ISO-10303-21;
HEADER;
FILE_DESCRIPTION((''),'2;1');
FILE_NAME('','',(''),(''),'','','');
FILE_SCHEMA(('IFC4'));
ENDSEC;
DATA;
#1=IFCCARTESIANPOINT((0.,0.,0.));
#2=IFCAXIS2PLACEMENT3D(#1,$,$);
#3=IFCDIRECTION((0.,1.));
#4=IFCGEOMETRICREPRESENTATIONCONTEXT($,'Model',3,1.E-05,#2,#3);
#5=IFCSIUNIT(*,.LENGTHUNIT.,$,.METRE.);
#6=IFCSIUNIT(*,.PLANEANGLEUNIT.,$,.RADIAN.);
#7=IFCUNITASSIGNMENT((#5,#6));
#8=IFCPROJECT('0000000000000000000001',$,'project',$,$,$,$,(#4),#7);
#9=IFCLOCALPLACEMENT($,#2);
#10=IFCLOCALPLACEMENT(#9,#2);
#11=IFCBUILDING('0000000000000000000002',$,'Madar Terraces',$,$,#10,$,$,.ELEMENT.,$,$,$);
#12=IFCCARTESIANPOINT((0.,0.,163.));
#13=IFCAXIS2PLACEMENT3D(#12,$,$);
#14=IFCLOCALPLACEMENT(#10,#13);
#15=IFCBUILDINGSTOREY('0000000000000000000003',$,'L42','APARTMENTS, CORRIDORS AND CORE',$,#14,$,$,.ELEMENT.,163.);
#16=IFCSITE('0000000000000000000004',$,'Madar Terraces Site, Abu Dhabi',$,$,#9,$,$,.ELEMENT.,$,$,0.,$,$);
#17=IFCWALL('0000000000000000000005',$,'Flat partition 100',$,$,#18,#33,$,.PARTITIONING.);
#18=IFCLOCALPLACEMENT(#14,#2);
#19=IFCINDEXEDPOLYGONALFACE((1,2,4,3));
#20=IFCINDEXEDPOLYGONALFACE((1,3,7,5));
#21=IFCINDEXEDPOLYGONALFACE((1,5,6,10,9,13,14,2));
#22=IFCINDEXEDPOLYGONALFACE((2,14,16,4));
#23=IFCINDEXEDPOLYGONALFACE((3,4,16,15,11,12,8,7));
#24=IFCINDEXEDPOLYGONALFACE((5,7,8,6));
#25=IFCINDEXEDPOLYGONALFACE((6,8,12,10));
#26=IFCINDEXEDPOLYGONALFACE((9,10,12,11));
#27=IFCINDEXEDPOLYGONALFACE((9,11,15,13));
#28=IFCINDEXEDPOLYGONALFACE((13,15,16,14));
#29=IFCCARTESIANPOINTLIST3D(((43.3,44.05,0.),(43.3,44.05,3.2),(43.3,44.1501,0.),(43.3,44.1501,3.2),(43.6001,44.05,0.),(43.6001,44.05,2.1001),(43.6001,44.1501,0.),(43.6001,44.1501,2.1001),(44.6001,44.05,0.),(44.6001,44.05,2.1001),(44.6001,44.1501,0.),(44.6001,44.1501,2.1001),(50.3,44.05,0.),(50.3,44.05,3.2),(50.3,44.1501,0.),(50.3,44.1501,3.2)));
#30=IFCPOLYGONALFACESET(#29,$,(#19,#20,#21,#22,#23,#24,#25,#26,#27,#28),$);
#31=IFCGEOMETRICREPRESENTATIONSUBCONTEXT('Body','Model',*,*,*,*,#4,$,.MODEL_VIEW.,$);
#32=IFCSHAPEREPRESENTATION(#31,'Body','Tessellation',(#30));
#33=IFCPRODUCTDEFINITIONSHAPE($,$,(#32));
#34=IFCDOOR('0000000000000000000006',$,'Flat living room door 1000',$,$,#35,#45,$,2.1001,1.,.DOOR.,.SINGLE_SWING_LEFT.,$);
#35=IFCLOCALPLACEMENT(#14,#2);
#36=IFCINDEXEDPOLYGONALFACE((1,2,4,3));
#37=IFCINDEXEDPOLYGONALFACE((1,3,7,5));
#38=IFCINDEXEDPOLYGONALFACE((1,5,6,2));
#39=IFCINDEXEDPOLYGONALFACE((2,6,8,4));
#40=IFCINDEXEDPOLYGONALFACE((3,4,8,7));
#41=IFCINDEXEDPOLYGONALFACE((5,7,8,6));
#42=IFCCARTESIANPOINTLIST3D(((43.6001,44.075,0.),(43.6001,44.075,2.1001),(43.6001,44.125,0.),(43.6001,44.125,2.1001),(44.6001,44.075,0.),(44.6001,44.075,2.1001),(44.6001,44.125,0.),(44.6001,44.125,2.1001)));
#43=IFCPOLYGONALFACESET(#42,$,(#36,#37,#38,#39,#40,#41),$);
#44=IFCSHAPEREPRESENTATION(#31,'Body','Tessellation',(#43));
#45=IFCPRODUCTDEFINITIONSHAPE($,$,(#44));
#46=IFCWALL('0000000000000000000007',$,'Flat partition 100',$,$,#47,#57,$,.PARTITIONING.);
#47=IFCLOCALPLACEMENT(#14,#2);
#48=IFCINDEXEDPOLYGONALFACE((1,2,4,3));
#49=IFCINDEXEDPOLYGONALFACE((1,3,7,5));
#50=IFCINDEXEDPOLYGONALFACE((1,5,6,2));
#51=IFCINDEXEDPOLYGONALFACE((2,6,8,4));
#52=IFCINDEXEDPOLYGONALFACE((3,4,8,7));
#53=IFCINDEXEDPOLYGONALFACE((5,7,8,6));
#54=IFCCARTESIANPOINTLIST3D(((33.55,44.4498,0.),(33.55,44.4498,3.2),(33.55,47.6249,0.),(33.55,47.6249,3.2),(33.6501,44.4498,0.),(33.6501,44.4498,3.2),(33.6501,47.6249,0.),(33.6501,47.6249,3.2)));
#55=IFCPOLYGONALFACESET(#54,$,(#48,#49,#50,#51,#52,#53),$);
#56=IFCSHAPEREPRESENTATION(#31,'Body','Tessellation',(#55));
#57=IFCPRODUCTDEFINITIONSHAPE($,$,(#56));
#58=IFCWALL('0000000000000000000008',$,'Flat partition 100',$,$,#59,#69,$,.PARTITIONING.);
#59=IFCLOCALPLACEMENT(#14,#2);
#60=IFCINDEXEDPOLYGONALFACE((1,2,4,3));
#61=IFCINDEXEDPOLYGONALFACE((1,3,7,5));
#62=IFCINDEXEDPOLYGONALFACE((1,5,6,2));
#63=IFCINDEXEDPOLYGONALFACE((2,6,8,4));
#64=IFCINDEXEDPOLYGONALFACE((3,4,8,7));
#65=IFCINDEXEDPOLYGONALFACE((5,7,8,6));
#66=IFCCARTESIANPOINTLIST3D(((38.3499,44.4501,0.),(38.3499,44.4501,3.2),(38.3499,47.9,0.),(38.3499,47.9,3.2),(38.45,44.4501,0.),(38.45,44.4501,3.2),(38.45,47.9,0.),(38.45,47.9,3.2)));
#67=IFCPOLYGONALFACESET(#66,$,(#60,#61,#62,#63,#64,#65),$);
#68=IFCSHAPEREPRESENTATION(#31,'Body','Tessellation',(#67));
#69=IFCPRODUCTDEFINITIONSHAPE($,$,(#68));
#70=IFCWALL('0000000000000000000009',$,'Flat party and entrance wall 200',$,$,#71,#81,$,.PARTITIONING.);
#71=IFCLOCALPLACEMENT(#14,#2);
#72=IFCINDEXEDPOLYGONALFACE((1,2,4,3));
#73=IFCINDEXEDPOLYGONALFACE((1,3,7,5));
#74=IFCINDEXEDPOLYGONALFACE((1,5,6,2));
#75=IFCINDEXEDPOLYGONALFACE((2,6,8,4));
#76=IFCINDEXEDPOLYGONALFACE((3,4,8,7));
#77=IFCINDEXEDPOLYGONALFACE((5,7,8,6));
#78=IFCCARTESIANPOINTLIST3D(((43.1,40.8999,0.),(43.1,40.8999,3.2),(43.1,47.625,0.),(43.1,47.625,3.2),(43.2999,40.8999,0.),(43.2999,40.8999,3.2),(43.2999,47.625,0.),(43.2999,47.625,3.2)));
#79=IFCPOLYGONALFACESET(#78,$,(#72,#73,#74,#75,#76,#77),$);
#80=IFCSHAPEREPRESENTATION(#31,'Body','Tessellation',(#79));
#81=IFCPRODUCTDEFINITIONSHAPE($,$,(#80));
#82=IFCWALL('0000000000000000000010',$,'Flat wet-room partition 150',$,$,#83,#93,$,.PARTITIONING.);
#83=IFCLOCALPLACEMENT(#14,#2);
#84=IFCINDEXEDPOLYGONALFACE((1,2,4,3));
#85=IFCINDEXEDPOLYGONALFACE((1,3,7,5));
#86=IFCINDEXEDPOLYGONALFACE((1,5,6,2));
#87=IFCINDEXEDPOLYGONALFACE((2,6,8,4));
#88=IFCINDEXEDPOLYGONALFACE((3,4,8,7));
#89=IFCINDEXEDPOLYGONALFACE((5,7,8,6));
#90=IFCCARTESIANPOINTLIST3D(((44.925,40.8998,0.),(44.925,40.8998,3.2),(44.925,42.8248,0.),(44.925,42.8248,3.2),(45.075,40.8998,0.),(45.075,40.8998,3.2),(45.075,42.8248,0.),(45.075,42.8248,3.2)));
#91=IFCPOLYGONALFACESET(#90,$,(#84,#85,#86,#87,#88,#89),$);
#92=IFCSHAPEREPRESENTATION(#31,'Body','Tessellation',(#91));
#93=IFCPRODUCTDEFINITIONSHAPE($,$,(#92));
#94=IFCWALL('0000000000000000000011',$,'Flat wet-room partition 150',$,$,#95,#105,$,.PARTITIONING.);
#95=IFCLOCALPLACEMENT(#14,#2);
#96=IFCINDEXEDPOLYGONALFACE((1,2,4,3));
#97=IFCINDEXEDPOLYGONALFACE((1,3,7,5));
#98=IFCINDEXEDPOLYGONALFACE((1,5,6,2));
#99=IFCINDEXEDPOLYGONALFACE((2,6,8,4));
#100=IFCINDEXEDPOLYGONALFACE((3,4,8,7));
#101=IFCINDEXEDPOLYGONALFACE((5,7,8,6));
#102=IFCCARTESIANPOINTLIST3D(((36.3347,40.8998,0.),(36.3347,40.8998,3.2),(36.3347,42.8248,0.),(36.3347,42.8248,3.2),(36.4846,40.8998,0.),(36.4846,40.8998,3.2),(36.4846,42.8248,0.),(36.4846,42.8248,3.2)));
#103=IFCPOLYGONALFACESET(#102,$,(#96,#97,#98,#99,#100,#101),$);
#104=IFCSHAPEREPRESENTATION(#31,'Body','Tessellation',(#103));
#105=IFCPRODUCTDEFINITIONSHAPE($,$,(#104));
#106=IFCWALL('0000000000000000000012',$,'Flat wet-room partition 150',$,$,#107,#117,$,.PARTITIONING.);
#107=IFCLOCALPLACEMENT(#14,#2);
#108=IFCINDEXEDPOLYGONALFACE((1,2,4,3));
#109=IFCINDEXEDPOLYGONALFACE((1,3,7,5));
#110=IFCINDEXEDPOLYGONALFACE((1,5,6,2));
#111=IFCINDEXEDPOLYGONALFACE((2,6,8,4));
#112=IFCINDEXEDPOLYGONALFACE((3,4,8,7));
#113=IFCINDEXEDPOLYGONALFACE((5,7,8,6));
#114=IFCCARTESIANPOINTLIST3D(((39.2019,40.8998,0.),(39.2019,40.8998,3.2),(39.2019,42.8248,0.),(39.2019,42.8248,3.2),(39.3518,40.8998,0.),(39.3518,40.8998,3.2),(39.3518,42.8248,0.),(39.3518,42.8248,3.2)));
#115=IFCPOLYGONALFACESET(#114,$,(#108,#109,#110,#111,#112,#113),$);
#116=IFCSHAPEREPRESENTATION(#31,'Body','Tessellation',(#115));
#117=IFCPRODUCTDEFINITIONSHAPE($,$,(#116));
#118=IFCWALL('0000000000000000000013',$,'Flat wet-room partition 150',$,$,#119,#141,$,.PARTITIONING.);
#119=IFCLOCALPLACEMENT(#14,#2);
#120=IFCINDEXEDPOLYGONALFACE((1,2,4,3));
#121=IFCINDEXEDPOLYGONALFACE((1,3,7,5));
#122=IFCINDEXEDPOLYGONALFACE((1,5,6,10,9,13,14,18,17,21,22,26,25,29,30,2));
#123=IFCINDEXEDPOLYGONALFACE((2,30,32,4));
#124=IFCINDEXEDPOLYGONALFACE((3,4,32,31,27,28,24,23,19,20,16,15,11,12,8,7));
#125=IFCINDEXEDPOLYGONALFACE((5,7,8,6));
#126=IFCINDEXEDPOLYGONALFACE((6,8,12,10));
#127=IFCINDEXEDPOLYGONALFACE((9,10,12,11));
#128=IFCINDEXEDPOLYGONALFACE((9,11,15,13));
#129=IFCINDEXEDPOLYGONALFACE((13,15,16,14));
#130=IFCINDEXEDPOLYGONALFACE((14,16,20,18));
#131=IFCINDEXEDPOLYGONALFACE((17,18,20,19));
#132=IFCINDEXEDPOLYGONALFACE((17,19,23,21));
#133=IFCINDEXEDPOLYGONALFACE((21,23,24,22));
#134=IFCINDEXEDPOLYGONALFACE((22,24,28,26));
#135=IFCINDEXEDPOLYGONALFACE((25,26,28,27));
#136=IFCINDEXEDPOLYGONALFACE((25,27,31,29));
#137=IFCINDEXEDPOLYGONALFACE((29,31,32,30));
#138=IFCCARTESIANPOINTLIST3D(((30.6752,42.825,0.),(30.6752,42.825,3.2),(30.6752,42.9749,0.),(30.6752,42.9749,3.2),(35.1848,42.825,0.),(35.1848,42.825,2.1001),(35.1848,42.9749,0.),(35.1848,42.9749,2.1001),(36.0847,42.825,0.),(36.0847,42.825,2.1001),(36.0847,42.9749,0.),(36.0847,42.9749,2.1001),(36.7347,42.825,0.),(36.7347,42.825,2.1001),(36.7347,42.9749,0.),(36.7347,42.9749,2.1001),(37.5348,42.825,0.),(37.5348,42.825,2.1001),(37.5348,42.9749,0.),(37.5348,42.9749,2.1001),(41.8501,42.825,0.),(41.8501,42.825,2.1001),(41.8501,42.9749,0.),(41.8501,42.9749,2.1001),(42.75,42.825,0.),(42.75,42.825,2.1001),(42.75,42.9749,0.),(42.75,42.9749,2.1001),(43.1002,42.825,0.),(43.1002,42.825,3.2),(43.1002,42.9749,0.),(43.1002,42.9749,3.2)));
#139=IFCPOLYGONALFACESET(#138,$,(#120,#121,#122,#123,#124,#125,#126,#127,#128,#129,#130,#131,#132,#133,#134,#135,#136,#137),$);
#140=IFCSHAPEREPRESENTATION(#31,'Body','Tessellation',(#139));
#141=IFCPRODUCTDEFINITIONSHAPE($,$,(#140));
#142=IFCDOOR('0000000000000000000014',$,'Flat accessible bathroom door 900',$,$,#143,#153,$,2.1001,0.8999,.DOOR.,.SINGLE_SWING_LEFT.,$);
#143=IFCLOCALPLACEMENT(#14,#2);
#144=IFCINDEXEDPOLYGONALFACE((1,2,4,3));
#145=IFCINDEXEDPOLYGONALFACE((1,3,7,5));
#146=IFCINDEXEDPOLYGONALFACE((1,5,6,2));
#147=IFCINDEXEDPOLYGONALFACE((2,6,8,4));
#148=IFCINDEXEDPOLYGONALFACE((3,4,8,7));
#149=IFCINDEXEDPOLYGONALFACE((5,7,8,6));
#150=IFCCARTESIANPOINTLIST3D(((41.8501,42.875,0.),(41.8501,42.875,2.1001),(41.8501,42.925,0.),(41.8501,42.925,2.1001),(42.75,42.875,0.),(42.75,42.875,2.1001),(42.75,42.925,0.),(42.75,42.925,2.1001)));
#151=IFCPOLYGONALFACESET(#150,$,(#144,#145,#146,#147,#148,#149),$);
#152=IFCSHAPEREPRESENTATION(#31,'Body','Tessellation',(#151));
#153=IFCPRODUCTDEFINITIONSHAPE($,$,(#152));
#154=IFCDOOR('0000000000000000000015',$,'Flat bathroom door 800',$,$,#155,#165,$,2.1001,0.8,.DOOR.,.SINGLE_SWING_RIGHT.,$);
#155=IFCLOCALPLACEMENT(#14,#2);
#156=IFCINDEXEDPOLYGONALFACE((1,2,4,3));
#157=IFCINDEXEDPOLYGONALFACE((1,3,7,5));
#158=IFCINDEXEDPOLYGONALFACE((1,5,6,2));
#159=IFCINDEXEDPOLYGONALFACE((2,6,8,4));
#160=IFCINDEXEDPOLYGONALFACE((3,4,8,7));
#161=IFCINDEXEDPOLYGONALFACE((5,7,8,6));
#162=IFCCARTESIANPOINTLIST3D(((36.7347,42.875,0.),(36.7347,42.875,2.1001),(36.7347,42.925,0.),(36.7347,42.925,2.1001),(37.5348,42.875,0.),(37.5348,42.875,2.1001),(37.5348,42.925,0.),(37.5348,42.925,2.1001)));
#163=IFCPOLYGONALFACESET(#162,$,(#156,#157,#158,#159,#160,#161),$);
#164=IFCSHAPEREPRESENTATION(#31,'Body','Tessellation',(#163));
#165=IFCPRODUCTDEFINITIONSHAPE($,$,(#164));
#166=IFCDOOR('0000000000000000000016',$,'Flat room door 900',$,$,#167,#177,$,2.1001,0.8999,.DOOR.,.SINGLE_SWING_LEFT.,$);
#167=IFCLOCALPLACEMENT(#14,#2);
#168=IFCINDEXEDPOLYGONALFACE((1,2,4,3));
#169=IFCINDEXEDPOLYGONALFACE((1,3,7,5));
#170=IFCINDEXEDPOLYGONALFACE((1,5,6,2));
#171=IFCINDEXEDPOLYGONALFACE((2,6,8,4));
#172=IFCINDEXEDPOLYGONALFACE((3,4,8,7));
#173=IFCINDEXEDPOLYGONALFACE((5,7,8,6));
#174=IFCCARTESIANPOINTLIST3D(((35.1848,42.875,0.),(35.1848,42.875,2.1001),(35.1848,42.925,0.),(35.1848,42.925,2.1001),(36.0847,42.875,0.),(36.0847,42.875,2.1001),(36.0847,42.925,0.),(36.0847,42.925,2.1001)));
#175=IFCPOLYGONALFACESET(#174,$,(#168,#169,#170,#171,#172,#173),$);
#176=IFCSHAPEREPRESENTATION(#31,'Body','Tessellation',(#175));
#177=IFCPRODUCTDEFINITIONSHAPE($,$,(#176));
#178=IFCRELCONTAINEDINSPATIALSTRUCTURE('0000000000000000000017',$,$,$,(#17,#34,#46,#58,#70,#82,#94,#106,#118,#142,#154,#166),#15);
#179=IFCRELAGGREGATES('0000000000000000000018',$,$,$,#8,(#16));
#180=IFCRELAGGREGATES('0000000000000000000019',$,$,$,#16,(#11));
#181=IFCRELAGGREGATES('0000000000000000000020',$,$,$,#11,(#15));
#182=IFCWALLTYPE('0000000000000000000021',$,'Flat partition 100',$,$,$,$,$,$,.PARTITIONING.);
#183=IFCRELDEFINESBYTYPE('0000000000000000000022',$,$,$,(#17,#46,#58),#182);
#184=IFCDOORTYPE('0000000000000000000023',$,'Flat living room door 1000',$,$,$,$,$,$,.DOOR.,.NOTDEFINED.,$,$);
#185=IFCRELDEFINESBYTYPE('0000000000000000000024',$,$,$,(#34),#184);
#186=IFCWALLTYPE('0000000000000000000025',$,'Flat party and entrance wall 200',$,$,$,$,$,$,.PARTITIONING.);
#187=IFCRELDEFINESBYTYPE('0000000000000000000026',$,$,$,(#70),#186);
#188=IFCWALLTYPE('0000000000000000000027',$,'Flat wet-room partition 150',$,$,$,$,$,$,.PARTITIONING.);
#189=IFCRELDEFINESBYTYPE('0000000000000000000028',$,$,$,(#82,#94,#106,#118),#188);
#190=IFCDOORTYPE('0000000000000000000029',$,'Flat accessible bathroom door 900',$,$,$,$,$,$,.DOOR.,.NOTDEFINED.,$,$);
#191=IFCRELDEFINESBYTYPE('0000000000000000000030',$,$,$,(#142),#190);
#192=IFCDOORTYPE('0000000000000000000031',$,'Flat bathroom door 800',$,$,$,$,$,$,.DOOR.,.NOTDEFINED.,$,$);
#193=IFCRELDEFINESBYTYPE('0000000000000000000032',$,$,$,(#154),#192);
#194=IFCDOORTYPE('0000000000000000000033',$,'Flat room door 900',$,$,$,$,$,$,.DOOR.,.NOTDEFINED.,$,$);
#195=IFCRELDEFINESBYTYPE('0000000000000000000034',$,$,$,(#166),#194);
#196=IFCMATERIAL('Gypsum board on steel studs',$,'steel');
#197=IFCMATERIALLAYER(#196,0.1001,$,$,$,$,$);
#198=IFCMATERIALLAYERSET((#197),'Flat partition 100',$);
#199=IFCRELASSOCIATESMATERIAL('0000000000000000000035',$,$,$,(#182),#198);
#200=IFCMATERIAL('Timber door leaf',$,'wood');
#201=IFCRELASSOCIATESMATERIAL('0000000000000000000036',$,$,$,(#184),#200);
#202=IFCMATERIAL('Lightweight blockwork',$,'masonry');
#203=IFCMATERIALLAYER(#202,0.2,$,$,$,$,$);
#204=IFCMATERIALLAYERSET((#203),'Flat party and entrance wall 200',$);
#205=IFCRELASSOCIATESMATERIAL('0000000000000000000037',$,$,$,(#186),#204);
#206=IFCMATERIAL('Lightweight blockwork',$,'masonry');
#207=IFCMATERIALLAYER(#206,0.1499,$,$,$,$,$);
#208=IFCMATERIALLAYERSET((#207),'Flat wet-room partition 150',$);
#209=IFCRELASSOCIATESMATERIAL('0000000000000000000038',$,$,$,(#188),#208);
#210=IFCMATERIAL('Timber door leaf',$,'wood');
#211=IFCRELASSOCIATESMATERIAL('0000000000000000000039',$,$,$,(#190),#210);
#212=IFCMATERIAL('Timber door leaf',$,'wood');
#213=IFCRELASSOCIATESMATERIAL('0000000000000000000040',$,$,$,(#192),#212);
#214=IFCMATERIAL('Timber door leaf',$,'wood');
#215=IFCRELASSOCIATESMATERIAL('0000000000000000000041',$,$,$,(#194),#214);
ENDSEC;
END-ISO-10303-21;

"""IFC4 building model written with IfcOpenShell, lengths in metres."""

from ifc_helpers import new_model, si_unit, direction, frame, frame_2d, origin, place, context, subcontext, project, spatial, rectangle, extrude, material, layer, layer_set, type_object, element, fill, save


model = new_model("IFC4")

# Units and contexts
model_context = context("Model", 3, precision=1e-05, world=origin(), true_north=direction((0.0, 1.0)))
body_context = subcontext(model_context, "Body", "Model", "MODEL_VIEW")
ifc_project = project(units=[si_unit("LENGTHUNIT", "METRE"), si_unit("PLANEANGLEUNIT", "RADIAN")], contexts=[model_context])

# Site, building, storey
site_placement = place(None, origin())
site = spatial("IfcSite", under=ifc_project, at=site_placement, Name="Madar Terraces Site, Abu Dhabi", CompositionType="ELEMENT", RefElevation=0.0)
building_placement = place(site_placement, origin())
building = spatial("IfcBuilding", under=site, at=building_placement, Name="Madar Terraces", CompositionType="ELEMENT")
storey_placement = place(building_placement, frame((0.0, 0.0, 163.0)))
storey = spatial("IfcBuildingStorey", under=building, at=storey_placement, Name="L42", Description="APARTMENTS, CORRIDORS AND CORE", CompositionType="ELEMENT", Elevation=163.0)

# Wall, opening, door
ifc_material_1 = material(Name="Gypsum board on steel studs", Category="steel")
ifc_layer_1 = layer(ifc_material_1, 0.1001)
ifc_layer_set_1 = layer_set([ifc_layer_1], Name="Flat partition 100")
wall_type_1 = type_object("IfcWallType", Name="Flat partition 100", PredefinedType="PARTITIONING", material=ifc_layer_set_1)
wall_1_placement = place(storey_placement, frame((43.3, 44.1001, 0.0), z_axis=(0.0, 0.0, 1.0), x_axis=(1.0, 0.0, 0.0)))
wall_1 = element("IfcWall", 1, at=wall_1_placement, inside=storey, type_object=wall_type_1, Name="Flat partition 100", PredefinedType="PARTITIONING", context=body_context, shape_type="SweptSolid", body=[
    extrude(rectangle(XDim=7.0, YDim=0.1001, at=frame_2d((3.5, 0.0))), origin(), (0.0, 0.0, 1.0), 3.2),
])
opening_1_placement = place(wall_1_placement, frame((0.3, 0.0, 0.0)))
opening_1 = element("IfcOpeningElement", 2, at=opening_1_placement, cuts=wall_1, PredefinedType="OPENING", context=body_context, shape_type="SweptSolid", body=[
    extrude(rectangle(XDim=1.0, YDim=2.1001, at=frame_2d((0.5, 1.05))), frame((0.0, 0.0601, 0.0), z_axis=(0.0, -1.0, 0.0), x_axis=(1.0, 0.0, 0.0)), (0.0, 0.0, 1.0), 0.1201),
])
ifc_material_2 = material(Name="Timber door leaf", Category="wood")
door_type_1 = type_object("IfcDoorType", Name="Flat living room door 1000", OperationType="NOTDEFINED", PredefinedType="DOOR", material=ifc_material_2)
door_1_placement = place(opening_1_placement, origin())
door_1 = element("IfcDoor", 3, at=door_1_placement, inside=storey, type_object=door_type_1, Name="Flat living room door 1000", OperationType="SINGLE_SWING_LEFT", OverallHeight=2.1001, OverallWidth=1.0, PredefinedType="DOOR", context=body_context, shape_type="SweptSolid", body=[
    extrude(rectangle(XDim=1.0, YDim=2.1001, at=frame_2d((0.5, 1.05))), frame((0.0, 0.0249, 0.0), z_axis=(0.0, -1.0, 0.0), x_axis=(1.0, 0.0, 0.0)), (0.0, 0.0, 1.0), 0.05),
])
fill(opening_1, door_1)

# Walls
wall_2_placement = place(storey_placement, frame((33.6001, 44.45, 0.0), z_axis=(0.0, 0.0, 1.0), x_axis=(0.0, 1.0, 0.0)))
element("IfcWall", 4, at=wall_2_placement, inside=storey, type_object=wall_type_1, Name="Flat partition 100", PredefinedType="PARTITIONING", context=body_context, shape_type="SweptSolid", body=[
    extrude(rectangle(XDim=3.175, YDim=0.1001, at=frame_2d((1.5874, 0.0))), origin(), (0.0, 0.0, 1.0), 3.2),
])
wall_3_placement = place(storey_placement, frame((38.3999, 44.45, 0.0), z_axis=(0.0, 0.0, 1.0), x_axis=(0.0, 1.0, 0.0)))
element("IfcWall", 5, at=wall_3_placement, inside=storey, type_object=wall_type_1, Name="Flat partition 100", PredefinedType="PARTITIONING", context=body_context, shape_type="SweptSolid", body=[
    extrude(rectangle(XDim=3.45, YDim=0.1001, at=frame_2d((1.7251, 0.0))), origin(), (0.0, 0.0, 1.0), 3.2),
])
ifc_material_3 = material(Name="Lightweight blockwork", Category="masonry")
ifc_layer_2 = layer(ifc_material_3, 0.2)
ifc_layer_set_2 = layer_set([ifc_layer_2], Name="Flat party and entrance wall 200")
wall_type_2 = type_object("IfcWallType", Name="Flat party and entrance wall 200", PredefinedType="PARTITIONING", material=ifc_layer_set_2)
wall_4_placement = place(storey_placement, frame((43.2, 47.625, 0.0), z_axis=(0.0, 0.0, 1.0), x_axis=(0.0, -1.0, 0.0)))
element("IfcWall", 6, at=wall_4_placement, inside=storey, type_object=wall_type_2, Name="Flat party and entrance wall 200", PredefinedType="PARTITIONING", context=body_context, shape_type="SweptSolid", body=[
    extrude(rectangle(XDim=6.7251, YDim=0.2, at=frame_2d((3.3625, 0.0))), origin(), (0.0, 0.0, 1.0), 3.2),
])
ifc_material_4 = material(Name="Lightweight blockwork", Category="masonry")
ifc_layer_3 = layer(ifc_material_4, 0.1499)
ifc_layer_set_3 = layer_set([ifc_layer_3], Name="Flat wet-room partition 150")
wall_type_3 = type_object("IfcWallType", Name="Flat wet-room partition 150", PredefinedType="PARTITIONING", material=ifc_layer_set_3)
for number, where, z_axis, x_axis, name in (
    (7, (45.0, 40.8999, 0.0), (0.0, 0.0, 1.0), (0.0, 1.0, 0.0), "Flat wet-room partition 150"),
    (8, (36.4097, 40.8999, 0.0), (0.0, 0.0, 1.0), (0.0, 1.0, 0.0), "Flat wet-room partition 150"),
    (9, (39.2769, 40.8999, 0.0), (0.0, 0.0, 1.0), (0.0, 1.0, 0.0), "Flat wet-room partition 150"),
):
    element("IfcWall", number, at=place(storey_placement, frame(where, z_axis=z_axis, x_axis=x_axis)), inside=storey, type_object=wall_type_3, Name=name, PredefinedType="PARTITIONING", context=body_context, shape_type="SweptSolid", body=[
        extrude(rectangle(XDim=1.925, YDim=0.1499, at=frame_2d((0.9624, 0.0))), origin(), (0.0, 0.0, 1.0), 3.2),
    ])

# Wall, openings, doors
wall_5_placement = place(storey_placement, frame((43.1001, 42.8999, 0.0), z_axis=(0.0, 0.0, 1.0), x_axis=(-1.0, 0.0, 0.0)))
wall_5 = element("IfcWall", 10, at=wall_5_placement, inside=storey, type_object=wall_type_3, Name="Flat wet-room partition 150", PredefinedType="PARTITIONING", context=body_context, shape_type="SweptSolid", body=[
    extrude(rectangle(XDim=12.425, YDim=0.1499, at=frame_2d((6.2124, 0.0))), origin(), (0.0, 0.0, 1.0), 3.2),
])
opening_2_placement = place(wall_5_placement, frame((7.0154, 0.0, 0.0)))
opening_2 = element("IfcOpeningElement", 11, at=opening_2_placement, cuts=wall_5, PredefinedType="OPENING", context=body_context, shape_type="SweptSolid", body=[
    extrude(rectangle(XDim=0.8999, YDim=2.1001, at=frame_2d((0.45, 1.05))), frame((0.0, 0.085, 0.0), z_axis=(0.0, -1.0, 0.0), x_axis=(1.0, 0.0, 0.0)), (0.0, 0.0, 1.0), 0.1699),
])
opening_3_placement = place(wall_5_placement, frame((5.5654, 0.0, 0.0)))
opening_3 = element("IfcOpeningElement", 12, at=opening_3_placement, cuts=wall_5, PredefinedType="OPENING", context=body_context, shape_type="SweptSolid", body=[
    extrude(rectangle(XDim=0.8, YDim=2.1001, at=frame_2d((0.3999, 1.05))), frame((0.0, 0.085, 0.0), z_axis=(0.0, -1.0, 0.0), x_axis=(1.0, 0.0, 0.0)), (0.0, 0.0, 1.0), 0.1699),
])
opening_4_placement = place(wall_5_placement, frame((0.3501, 0.0, 0.0)))
opening_4 = element("IfcOpeningElement", 13, at=opening_4_placement, cuts=wall_5, PredefinedType="OPENING", context=body_context, shape_type="SweptSolid", body=[
    extrude(rectangle(XDim=0.8999, YDim=2.1001, at=frame_2d((0.45, 1.05))), frame((0.0, 0.085, 0.0), z_axis=(0.0, -1.0, 0.0), x_axis=(1.0, 0.0, 0.0)), (0.0, 0.0, 1.0), 0.1699),
])
ifc_material_5 = material(Name="Timber door leaf", Category="wood")
door_type_2 = type_object("IfcDoorType", Name="Flat accessible bathroom door 900", OperationType="NOTDEFINED", PredefinedType="DOOR", material=ifc_material_5)
door_2_placement = place(opening_4_placement, origin())
door_2 = element("IfcDoor", 14, at=door_2_placement, inside=storey, type_object=door_type_2, Name="Flat accessible bathroom door 900", OperationType="SINGLE_SWING_LEFT", OverallHeight=2.1001, OverallWidth=0.8999, PredefinedType="DOOR", context=body_context, shape_type="SweptSolid", body=[
    extrude(rectangle(XDim=0.8999, YDim=2.1001, at=frame_2d((0.45, 1.05))), frame((0.0, 0.0249, 0.0), z_axis=(0.0, -1.0, 0.0), x_axis=(1.0, 0.0, 0.0)), (0.0, 0.0, 1.0), 0.05),
])
fill(opening_4, door_2)
ifc_material_6 = material(Name="Timber door leaf", Category="wood")
door_type_3 = type_object("IfcDoorType", Name="Flat bathroom door 800", OperationType="NOTDEFINED", PredefinedType="DOOR", material=ifc_material_6)
door_3_placement = place(opening_3_placement, origin())
door_3 = element("IfcDoor", 15, at=door_3_placement, inside=storey, type_object=door_type_3, Name="Flat bathroom door 800", OperationType="SINGLE_SWING_RIGHT", OverallHeight=2.1001, OverallWidth=0.8, PredefinedType="DOOR", context=body_context, shape_type="SweptSolid", body=[
    extrude(rectangle(XDim=0.8, YDim=2.1001, at=frame_2d((0.3999, 1.05))), frame((0.0, 0.0249, 0.0), z_axis=(0.0, -1.0, 0.0), x_axis=(1.0, 0.0, 0.0)), (0.0, 0.0, 1.0), 0.05),
])
fill(opening_3, door_3)
ifc_material_7 = material(Name="Timber door leaf", Category="wood")
door_type_4 = type_object("IfcDoorType", Name="Flat room door 900", OperationType="NOTDEFINED", PredefinedType="DOOR", material=ifc_material_7)
door_4_placement = place(opening_2_placement, origin())
door_4 = element("IfcDoor", 16, at=door_4_placement, inside=storey, type_object=door_type_4, Name="Flat room door 900", OperationType="SINGLE_SWING_LEFT", OverallHeight=2.1001, OverallWidth=0.8999, PredefinedType="DOOR", context=body_context, shape_type="SweptSolid", body=[
    extrude(rectangle(XDim=0.8999, YDim=2.1001, at=frame_2d((0.45, 1.05))), frame((0.0, 0.0249, 0.0), z_axis=(0.0, -1.0, 0.0), x_axis=(1.0, 0.0, 0.0)), (0.0, 0.0, 1.0), 0.05),
])
fill(opening_2, door_4)

save(model, "model.ifc")
